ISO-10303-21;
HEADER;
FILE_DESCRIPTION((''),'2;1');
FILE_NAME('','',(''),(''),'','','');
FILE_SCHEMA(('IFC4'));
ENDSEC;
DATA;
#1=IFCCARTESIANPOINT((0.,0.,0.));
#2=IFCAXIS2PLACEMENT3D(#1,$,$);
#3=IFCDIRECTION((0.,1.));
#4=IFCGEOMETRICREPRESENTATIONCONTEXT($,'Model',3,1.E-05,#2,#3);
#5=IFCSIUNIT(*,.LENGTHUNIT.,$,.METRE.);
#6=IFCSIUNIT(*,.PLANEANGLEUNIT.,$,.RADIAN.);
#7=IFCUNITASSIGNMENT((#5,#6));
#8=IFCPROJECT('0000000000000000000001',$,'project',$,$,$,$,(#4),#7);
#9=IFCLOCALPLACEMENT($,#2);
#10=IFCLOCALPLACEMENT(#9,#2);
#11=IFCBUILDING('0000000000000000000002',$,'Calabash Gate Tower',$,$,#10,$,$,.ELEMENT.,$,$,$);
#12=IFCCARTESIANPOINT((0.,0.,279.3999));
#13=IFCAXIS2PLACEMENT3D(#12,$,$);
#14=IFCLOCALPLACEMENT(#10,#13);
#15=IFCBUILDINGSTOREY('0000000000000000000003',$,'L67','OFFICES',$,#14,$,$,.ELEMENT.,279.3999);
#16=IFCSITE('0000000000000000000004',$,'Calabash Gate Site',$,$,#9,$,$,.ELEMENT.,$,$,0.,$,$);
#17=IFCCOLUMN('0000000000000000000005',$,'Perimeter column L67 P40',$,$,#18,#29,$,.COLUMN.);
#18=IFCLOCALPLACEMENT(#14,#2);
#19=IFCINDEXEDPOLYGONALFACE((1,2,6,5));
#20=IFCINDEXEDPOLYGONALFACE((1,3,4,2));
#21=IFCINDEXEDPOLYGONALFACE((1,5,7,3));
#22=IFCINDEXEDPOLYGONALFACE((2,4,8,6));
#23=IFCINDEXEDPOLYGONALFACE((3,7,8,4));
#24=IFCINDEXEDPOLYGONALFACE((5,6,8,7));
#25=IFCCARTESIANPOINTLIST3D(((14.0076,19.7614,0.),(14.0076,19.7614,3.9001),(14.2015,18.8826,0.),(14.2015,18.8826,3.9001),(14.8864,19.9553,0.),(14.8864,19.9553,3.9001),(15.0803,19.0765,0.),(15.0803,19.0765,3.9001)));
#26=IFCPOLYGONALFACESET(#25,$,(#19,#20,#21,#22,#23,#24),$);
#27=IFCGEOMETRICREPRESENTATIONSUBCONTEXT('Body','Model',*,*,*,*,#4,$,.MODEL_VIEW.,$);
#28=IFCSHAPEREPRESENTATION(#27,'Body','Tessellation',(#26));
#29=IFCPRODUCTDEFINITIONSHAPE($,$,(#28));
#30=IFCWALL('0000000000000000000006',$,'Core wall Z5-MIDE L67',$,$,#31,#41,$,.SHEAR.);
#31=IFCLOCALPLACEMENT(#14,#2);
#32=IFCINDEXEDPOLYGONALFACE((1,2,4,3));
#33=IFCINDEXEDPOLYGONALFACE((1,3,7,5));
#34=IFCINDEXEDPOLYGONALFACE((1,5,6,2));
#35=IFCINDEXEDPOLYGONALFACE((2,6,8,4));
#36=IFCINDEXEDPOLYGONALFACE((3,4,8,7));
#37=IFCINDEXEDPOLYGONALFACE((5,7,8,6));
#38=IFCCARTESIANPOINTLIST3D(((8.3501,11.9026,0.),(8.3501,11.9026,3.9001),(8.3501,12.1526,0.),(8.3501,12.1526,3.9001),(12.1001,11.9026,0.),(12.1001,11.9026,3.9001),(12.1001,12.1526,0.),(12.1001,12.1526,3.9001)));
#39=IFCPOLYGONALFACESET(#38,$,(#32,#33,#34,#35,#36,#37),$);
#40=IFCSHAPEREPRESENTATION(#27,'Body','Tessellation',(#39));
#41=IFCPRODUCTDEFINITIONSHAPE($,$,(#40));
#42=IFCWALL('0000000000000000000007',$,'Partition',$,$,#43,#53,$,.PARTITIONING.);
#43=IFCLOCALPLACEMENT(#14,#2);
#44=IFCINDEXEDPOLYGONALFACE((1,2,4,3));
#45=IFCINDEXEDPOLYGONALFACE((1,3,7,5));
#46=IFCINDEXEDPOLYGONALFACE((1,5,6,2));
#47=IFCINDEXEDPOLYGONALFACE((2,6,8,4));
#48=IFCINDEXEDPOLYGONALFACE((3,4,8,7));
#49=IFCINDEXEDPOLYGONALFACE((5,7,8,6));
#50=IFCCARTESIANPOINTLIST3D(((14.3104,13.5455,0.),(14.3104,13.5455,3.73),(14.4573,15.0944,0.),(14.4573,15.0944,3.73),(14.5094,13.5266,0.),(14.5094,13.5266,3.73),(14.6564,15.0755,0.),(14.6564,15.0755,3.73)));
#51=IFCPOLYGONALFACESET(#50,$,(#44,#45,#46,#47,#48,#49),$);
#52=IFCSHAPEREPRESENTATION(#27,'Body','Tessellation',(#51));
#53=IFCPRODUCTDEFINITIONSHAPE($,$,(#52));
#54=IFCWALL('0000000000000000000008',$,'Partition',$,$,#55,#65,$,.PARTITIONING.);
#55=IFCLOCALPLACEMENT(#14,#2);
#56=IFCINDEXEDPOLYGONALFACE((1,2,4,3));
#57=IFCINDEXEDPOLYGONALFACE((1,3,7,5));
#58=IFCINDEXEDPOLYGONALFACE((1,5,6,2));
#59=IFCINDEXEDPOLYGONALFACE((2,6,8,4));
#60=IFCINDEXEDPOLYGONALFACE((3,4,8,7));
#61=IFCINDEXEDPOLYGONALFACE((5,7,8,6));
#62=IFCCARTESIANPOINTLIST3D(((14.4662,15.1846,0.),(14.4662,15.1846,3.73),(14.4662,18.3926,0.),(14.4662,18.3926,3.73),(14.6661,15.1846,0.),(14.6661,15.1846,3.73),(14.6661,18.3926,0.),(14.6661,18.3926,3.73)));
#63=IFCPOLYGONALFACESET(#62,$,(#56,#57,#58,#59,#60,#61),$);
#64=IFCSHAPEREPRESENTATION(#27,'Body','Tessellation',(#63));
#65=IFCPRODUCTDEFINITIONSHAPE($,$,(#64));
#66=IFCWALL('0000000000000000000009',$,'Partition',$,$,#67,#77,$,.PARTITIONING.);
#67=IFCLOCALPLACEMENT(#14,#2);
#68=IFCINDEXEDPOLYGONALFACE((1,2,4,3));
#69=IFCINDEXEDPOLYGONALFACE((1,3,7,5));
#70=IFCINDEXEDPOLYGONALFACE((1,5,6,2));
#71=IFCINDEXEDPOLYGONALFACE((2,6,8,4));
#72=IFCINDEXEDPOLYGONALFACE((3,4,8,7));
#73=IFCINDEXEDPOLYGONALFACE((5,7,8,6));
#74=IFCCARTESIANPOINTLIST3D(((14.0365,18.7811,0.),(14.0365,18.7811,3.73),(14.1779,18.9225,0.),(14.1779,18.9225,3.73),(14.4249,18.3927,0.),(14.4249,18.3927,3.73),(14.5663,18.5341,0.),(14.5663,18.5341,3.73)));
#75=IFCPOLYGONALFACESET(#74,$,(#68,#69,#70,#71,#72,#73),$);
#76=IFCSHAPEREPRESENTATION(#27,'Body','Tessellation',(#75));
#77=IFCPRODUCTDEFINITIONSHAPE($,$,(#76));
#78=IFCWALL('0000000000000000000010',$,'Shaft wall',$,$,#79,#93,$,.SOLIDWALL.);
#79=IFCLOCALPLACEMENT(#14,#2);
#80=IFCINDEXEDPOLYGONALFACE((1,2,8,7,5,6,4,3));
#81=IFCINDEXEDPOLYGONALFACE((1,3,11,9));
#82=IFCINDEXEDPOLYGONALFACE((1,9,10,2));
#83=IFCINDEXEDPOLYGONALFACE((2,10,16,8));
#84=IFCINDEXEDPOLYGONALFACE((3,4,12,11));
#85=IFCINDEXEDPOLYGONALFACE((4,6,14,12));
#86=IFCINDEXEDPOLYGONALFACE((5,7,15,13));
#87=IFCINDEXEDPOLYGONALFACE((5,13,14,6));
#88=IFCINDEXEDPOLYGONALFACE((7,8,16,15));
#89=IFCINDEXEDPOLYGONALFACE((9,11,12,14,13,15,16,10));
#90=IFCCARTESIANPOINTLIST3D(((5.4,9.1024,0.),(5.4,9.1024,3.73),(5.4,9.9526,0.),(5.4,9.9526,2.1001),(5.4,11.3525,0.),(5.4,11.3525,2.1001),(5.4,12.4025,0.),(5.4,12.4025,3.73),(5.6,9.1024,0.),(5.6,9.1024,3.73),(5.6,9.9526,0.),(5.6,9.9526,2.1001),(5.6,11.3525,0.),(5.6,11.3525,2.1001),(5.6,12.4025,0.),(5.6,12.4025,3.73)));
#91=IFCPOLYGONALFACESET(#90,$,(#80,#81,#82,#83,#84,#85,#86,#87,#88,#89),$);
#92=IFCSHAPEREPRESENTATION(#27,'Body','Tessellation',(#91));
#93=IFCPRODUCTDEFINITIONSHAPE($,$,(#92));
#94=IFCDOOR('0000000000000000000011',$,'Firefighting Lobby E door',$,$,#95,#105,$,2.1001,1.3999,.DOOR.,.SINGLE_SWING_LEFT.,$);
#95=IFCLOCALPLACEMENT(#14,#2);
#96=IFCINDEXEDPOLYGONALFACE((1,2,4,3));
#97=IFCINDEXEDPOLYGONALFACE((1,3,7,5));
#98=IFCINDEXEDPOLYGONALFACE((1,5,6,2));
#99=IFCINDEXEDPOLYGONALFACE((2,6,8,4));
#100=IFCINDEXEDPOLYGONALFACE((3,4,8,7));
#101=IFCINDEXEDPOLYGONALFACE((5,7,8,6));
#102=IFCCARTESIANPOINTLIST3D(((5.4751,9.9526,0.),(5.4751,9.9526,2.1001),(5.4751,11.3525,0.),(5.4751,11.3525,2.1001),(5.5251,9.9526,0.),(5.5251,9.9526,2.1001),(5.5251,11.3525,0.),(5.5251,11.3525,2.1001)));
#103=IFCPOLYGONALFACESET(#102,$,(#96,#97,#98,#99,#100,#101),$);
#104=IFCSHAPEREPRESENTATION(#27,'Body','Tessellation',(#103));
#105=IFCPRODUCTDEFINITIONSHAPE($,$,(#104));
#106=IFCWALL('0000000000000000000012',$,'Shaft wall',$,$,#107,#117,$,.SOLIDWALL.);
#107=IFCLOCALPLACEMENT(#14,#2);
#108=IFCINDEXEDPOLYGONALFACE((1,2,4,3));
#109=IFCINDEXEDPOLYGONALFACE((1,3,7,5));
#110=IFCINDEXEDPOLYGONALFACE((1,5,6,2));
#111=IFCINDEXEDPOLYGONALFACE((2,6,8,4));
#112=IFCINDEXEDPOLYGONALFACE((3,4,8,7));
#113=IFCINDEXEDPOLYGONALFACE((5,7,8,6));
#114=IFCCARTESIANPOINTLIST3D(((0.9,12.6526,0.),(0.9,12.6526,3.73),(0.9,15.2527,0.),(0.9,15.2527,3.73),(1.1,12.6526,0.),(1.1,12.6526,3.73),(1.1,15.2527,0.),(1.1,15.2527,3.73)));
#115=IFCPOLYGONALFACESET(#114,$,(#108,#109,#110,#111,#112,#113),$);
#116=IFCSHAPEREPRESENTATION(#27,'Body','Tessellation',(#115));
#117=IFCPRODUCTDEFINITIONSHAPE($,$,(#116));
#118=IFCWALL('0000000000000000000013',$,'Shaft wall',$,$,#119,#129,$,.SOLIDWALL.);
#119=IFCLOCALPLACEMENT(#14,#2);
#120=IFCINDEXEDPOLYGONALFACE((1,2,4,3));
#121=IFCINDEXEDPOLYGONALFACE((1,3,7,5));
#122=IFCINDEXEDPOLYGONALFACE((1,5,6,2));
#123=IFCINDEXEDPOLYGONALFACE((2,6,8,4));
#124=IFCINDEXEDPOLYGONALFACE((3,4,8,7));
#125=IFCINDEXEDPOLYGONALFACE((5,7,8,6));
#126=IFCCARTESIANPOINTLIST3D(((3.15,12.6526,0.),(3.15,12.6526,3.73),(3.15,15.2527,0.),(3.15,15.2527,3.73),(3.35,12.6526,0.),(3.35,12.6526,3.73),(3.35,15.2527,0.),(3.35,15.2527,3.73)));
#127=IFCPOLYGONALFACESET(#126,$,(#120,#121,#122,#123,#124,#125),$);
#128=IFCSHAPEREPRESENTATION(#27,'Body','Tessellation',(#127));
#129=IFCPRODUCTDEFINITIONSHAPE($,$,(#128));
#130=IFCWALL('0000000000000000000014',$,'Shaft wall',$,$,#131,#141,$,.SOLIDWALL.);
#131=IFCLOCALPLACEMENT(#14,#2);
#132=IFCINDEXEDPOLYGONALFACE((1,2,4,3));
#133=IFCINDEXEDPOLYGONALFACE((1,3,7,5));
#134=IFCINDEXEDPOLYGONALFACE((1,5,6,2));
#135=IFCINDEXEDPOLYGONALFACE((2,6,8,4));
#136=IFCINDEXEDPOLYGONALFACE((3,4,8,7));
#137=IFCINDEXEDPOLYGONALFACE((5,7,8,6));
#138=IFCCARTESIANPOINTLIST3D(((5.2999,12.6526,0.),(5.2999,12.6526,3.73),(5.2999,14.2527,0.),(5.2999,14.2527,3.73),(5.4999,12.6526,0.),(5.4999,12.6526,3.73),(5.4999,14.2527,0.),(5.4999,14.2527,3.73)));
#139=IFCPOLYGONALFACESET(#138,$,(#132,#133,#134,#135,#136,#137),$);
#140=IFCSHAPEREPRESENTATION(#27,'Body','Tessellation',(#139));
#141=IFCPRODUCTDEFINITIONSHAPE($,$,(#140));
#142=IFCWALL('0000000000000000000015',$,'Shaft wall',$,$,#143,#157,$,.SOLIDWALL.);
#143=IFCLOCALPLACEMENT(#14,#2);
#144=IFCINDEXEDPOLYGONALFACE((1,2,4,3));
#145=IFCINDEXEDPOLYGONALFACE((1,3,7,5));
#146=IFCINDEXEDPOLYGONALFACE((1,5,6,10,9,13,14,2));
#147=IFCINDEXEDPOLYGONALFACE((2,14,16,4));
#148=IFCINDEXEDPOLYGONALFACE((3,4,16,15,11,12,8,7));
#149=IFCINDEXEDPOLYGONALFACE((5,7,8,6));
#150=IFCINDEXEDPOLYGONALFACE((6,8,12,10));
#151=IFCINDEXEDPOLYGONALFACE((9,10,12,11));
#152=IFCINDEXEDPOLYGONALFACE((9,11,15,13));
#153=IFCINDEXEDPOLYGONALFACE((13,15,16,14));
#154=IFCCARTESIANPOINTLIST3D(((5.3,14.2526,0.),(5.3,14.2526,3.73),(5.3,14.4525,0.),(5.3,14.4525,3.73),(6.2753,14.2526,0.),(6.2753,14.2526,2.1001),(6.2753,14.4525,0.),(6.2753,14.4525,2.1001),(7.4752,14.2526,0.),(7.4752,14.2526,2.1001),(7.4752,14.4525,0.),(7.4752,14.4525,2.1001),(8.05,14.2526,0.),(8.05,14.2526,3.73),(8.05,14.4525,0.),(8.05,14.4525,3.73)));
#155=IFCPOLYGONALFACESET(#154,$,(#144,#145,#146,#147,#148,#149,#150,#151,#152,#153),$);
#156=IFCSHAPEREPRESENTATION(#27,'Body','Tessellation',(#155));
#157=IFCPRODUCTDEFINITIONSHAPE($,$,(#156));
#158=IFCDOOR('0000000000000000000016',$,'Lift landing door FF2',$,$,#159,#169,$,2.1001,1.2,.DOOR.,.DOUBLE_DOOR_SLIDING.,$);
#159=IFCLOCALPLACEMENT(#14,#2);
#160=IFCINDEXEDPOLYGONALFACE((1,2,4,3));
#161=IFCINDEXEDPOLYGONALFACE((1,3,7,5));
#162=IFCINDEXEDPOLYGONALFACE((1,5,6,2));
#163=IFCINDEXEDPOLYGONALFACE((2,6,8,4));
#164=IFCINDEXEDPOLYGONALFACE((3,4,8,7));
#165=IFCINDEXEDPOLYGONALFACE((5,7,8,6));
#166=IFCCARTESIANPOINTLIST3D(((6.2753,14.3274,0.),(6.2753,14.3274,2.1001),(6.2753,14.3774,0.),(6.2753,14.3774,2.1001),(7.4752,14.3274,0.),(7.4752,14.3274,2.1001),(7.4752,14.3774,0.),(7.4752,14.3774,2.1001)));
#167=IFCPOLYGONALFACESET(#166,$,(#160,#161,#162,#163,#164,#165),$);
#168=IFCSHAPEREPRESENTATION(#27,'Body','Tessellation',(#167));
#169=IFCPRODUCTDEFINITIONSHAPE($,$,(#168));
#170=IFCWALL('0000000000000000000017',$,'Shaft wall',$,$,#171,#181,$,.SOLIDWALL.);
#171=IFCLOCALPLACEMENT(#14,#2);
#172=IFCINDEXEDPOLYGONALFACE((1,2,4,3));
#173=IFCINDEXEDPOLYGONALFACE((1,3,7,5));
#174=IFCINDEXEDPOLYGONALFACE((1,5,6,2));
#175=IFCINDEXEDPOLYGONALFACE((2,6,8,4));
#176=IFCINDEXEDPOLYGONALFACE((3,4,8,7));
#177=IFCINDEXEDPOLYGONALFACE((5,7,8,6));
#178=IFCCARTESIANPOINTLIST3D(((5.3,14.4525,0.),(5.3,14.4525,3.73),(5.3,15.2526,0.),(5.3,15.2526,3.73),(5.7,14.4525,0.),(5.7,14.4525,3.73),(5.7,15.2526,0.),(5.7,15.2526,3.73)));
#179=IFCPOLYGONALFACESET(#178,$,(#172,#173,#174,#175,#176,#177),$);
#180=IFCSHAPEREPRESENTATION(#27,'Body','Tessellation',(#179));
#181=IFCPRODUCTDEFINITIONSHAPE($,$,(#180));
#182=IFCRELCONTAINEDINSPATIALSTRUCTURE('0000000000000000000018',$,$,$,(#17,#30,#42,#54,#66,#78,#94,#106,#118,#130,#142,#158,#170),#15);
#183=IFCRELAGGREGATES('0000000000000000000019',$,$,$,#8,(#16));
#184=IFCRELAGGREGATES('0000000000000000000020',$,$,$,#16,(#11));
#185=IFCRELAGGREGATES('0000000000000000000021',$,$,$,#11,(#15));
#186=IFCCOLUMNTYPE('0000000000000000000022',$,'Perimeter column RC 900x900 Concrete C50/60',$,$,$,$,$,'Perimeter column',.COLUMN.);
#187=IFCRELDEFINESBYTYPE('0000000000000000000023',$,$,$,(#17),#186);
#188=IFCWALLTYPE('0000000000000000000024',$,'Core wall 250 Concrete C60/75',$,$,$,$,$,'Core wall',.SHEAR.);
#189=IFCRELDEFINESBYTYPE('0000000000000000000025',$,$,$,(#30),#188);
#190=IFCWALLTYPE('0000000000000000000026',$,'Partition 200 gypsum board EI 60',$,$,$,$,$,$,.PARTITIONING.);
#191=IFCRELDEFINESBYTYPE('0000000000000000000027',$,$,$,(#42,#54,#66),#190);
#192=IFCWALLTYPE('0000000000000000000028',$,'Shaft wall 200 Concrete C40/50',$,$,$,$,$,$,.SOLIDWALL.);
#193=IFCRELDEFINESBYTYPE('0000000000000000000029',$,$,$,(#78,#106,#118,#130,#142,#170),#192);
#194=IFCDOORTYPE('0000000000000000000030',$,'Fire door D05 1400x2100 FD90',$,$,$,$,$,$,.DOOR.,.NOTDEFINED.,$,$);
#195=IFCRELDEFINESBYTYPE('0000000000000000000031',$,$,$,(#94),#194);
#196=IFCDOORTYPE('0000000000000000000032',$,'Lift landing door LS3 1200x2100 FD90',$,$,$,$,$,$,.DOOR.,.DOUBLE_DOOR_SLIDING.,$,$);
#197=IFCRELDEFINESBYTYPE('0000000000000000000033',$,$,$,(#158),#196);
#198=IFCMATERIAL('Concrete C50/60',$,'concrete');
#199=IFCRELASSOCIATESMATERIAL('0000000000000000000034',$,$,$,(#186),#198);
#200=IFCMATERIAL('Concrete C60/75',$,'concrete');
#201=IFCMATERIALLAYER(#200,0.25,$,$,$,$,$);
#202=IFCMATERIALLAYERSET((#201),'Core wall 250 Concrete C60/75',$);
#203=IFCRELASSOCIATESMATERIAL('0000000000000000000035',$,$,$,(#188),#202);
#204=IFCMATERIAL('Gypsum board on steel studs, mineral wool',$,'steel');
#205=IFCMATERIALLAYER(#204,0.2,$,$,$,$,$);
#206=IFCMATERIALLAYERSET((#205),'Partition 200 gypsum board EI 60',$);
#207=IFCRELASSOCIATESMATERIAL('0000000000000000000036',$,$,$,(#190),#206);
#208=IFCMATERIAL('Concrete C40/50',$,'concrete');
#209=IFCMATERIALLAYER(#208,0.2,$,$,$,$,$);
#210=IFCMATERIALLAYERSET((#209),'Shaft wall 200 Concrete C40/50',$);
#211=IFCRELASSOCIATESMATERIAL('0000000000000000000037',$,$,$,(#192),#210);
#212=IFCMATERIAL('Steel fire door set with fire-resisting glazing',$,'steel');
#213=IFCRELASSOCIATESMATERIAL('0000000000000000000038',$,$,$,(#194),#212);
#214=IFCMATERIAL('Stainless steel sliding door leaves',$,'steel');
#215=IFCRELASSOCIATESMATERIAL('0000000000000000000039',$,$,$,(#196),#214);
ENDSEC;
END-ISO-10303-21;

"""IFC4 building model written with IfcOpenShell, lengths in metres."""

from ifc_helpers import new_model, si_unit, direction, frame, frame_2d, origin, origin_2d, place, context, subcontext, project, spatial, rectangle, extrude, material, layer, layer_set, material_profile, profile_set, type_object, element, fill, save


model = new_model("IFC4")

# Units and contexts
model_context = context("Model", 3, precision=1e-05, world=origin(), true_north=direction((0.0, 1.0)))
body_context = subcontext(model_context, "Body", "Model", "MODEL_VIEW")
ifc_project = project(units=[si_unit("LENGTHUNIT", "METRE"), si_unit("PLANEANGLEUNIT", "RADIAN")], contexts=[model_context])

# Site, building, storey
site_placement = place(None, origin())
site = spatial("IfcSite", under=ifc_project, at=site_placement, Name="Calabash Gate Site", CompositionType="ELEMENT", RefElevation=0.0)
building_placement = place(site_placement, origin())
building = spatial("IfcBuilding", under=site, at=building_placement, Name="Calabash Gate Tower", CompositionType="ELEMENT")
storey_placement = place(building_placement, frame((0.0, 0.0, 279.3999)))
storey = spatial("IfcBuildingStorey", under=building, at=storey_placement, Name="L67", Description="OFFICES", CompositionType="ELEMENT", Elevation=279.3999)

# Column
ifc_material_1 = material(Name="Concrete C50/60", Category="concrete")
ifc_material_profile = material_profile(ifc_material_1, rectangle(XDim=0.8999, YDim=0.8999, at=origin_2d()))
ifc_profile_set = profile_set([ifc_material_profile], Name="Concrete C50/60")
column_type = type_object("IfcColumnType", Name="Perimeter column RC 900x900 Concrete C50/60", ElementType="Perimeter column", PredefinedType="COLUMN", material=ifc_profile_set)
column_placement = place(storey_placement, frame((14.5439, 19.4189, 0.0), z_axis=(0.0, 0.0, 1.0), x_axis=(-0.976511, -0.215468, 0.0)))
element("IfcColumn", 1, at=column_placement, inside=storey, type_object=column_type, Name="Perimeter column L67 P40", PredefinedType="COLUMN", context=body_context, shape_type="SweptSolid", body=[
    extrude(rectangle(XDim=0.8999, YDim=0.8999, at=origin_2d()), origin(), (0.0, 0.0, 1.0), 3.9001),
])

# Walls
ifc_material_2 = material(Name="Concrete C60/75", Category="concrete")
ifc_layer_1 = layer(ifc_material_2, 0.25)
ifc_layer_set_1 = layer_set([ifc_layer_1], Name="Core wall 250 Concrete C60/75")
wall_type_1 = type_object("IfcWallType", Name="Core wall 250 Concrete C60/75", ElementType="Core wall", PredefinedType="SHEAR", material=ifc_layer_set_1)
wall_1_placement = place(storey_placement, frame((8.3501, 12.0276, 0.0), z_axis=(0.0, 0.0, 1.0), x_axis=(1.0, 0.0, 0.0)))
element("IfcWall", 2, at=wall_1_placement, inside=storey, type_object=wall_type_1, Name="Core wall Z5-MIDE L67", PredefinedType="SHEAR", context=body_context, shape_type="SweptSolid", body=[
    extrude(rectangle(XDim=3.75, YDim=0.25, at=frame_2d((1.875, 0.0))), origin(), (0.0, 0.0, 1.0), 3.9001),
])
ifc_material_3 = material(Name="Gypsum board on steel studs, mineral wool", Category="steel")
ifc_layer_2 = layer(ifc_material_3, 0.2)
ifc_layer_set_2 = layer_set([ifc_layer_2], Name="Partition 200 gypsum board EI 60")
wall_type_2 = type_object("IfcWallType", Name="Partition 200 gypsum board EI 60", PredefinedType="PARTITIONING", material=ifc_layer_set_2)
wall_2_placement = place(storey_placement, frame((14.4099, 13.5361, 0.0), z_axis=(0.0, 0.0, 1.0), x_axis=(0.094454, 0.995529, 0.0)))
element("IfcWall", 3, at=wall_2_placement, inside=storey, type_object=wall_type_2, Name="Partition", PredefinedType="PARTITIONING", context=body_context, shape_type="SweptSolid", body=[
    extrude(rectangle(XDim=1.5559, YDim=0.2, at=frame_2d((0.7778, 0.0))), origin(), (0.0, 0.0, 1.0), 3.73),
])
wall_3_placement = place(storey_placement, frame((14.5662, 18.3926, 0.0), z_axis=(0.0, 0.0, 1.0), x_axis=(0.0, -1.0, 0.0)))
element("IfcWall", 4, at=wall_3_placement, inside=storey, type_object=wall_type_2, Name="Partition", PredefinedType="PARTITIONING", context=body_context, shape_type="SweptSolid", body=[
    extrude(rectangle(XDim=3.208, YDim=0.2, at=frame_2d((1.604, 0.0))), origin(), (0.0, 0.0, 1.0), 3.73),
])
wall_4_placement = place(storey_placement, frame((14.1072, 18.8518, 0.0), z_axis=(0.0, 0.0, 1.0), x_axis=(0.707107, -0.707107, 0.0)))
element("IfcWall", 5, at=wall_4_placement, inside=storey, type_object=wall_type_2, Name="Partition", PredefinedType="PARTITIONING", context=body_context, shape_type="SweptSolid", body=[
    extrude(rectangle(XDim=0.5493, YDim=0.2, at=frame_2d((0.2747, 0.0))), origin(), (0.0, 0.0, 1.0), 3.73),
])

# Wall, opening, door
ifc_material_4 = material(Name="Concrete C40/50", Category="concrete")
ifc_layer_3 = layer(ifc_material_4, 0.2)
ifc_layer_set_3 = layer_set([ifc_layer_3], Name="Shaft wall 200 Concrete C40/50")
wall_type_3 = type_object("IfcWallType", Name="Shaft wall 200 Concrete C40/50", PredefinedType="SOLIDWALL", material=ifc_layer_set_3)
wall_5_placement = place(storey_placement, frame((5.5, 9.1025, 0.0), z_axis=(0.0, 0.0, 1.0), x_axis=(0.0, 1.0, 0.0)))
wall_5 = element("IfcWall", 6, at=wall_5_placement, inside=storey, type_object=wall_type_3, Name="Shaft wall", PredefinedType="SOLIDWALL", context=body_context, shape_type="SweptSolid", body=[
    extrude(rectangle(XDim=3.3, YDim=0.2, at=frame_2d((1.6499, 0.0))), origin(), (0.0, 0.0, 1.0), 3.73),
])
opening_1_placement = place(wall_5_placement, frame((0.8501, 0.0, 0.0)))
opening_1 = element("IfcOpeningElement", 7, at=opening_1_placement, cuts=wall_5, PredefinedType="OPENING", context=body_context, shape_type="SweptSolid", body=[
    extrude(rectangle(XDim=1.3999, YDim=2.1001, at=frame_2d((0.7, 1.05))), frame((0.0, 0.1099, 0.0), z_axis=(0.0, -1.0, 0.0), x_axis=(1.0, 0.0, 0.0)), (0.0, 0.0, 1.0), 0.22),
])
ifc_material_5 = material(Name="Steel fire door set with fire-resisting glazing", Category="steel")
door_type_1 = type_object("IfcDoorType", Name="Fire door D05 1400x2100 FD90", OperationType="NOTDEFINED", PredefinedType="DOOR", material=ifc_material_5)
door_1_placement = place(opening_1_placement, origin())
door_1 = element("IfcDoor", 8, at=door_1_placement, inside=storey, type_object=door_type_1, Name="Firefighting Lobby E door", OperationType="SINGLE_SWING_LEFT", OverallHeight=2.1001, OverallWidth=1.3999, PredefinedType="DOOR", context=body_context, shape_type="SweptSolid", body=[
    extrude(rectangle(XDim=1.3999, YDim=2.1001, at=frame_2d((0.7, 1.05))), frame((0.0, 0.0249, 0.0), z_axis=(0.0, -1.0, 0.0), x_axis=(1.0, 0.0, 0.0)), (0.0, 0.0, 1.0), 0.05),
])
fill(opening_1, door_1)

# Walls
for number, where, z_axis, x_axis, name in (
    (9, (1.0, 12.6526, 0.0), (0.0, 0.0, 1.0), (0.0, 1.0, 0.0), "Shaft wall"),
    (10, (3.25, 12.6526, 0.0), (0.0, 0.0, 1.0), (0.0, 1.0, 0.0), "Shaft wall"),
):
    element("IfcWall", number, at=place(storey_placement, frame(where, z_axis=z_axis, x_axis=x_axis)), inside=storey, type_object=wall_type_3, Name=name, PredefinedType="SOLIDWALL", context=body_context, shape_type="SweptSolid", body=[
        extrude(rectangle(XDim=2.6001, YDim=0.2, at=frame_2d((1.3, 0.0))), origin(), (0.0, 0.0, 1.0), 3.73),
    ])
wall_6_placement = place(storey_placement, frame((5.3999, 12.6526, 0.0), z_axis=(0.0, 0.0, 1.0), x_axis=(0.0, 1.0, 0.0)))
element("IfcWall", 11, at=wall_6_placement, inside=storey, type_object=wall_type_3, Name="Shaft wall", PredefinedType="SOLIDWALL", context=body_context, shape_type="SweptSolid", body=[
    extrude(rectangle(XDim=1.6001, YDim=0.2, at=frame_2d((0.8, 0.0))), origin(), (0.0, 0.0, 1.0), 3.73),
])

# Wall, opening, door
wall_7_placement = place(storey_placement, frame((5.3, 14.3525, 0.0), z_axis=(0.0, 0.0, 1.0), x_axis=(1.0, 0.0, 0.0)))
wall_7 = element("IfcWall", 12, at=wall_7_placement, inside=storey, type_object=wall_type_3, Name="Shaft wall", PredefinedType="SOLIDWALL", context=body_context, shape_type="SweptSolid", body=[
    extrude(rectangle(XDim=2.75, YDim=0.2, at=frame_2d((1.375, 0.0))), origin(), (0.0, 0.0, 1.0), 3.73),
])
opening_2_placement = place(wall_7_placement, frame((0.9751, 0.0, 0.0)))
opening_2 = element("IfcOpeningElement", 13, at=opening_2_placement, cuts=wall_7, PredefinedType="OPENING", context=body_context, shape_type="SweptSolid", body=[
    extrude(rectangle(XDim=1.2, YDim=2.1001, at=frame_2d((0.6001, 1.05))), frame((0.0, 0.1099, 0.0), z_axis=(0.0, -1.0, 0.0), x_axis=(1.0, 0.0, 0.0)), (0.0, 0.0, 1.0), 0.22),
])
ifc_material_6 = material(Name="Stainless steel sliding door leaves", Category="steel")
door_type_2 = type_object("IfcDoorType", Name="Lift landing door LS3 1200x2100 FD90", OperationType="DOUBLE_DOOR_SLIDING", PredefinedType="DOOR", material=ifc_material_6)
door_2_placement = place(opening_2_placement, origin())
door_2 = element("IfcDoor", 14, at=door_2_placement, inside=storey, type_object=door_type_2, Name="Lift landing door FF2", OperationType="DOUBLE_DOOR_SLIDING", OverallHeight=2.1001, OverallWidth=1.2, PredefinedType="DOOR", context=body_context, shape_type="SweptSolid", body=[
    extrude(rectangle(XDim=1.2, YDim=2.1001, at=frame_2d((0.6001, 1.05))), frame((0.0, 0.0249, 0.0), z_axis=(0.0, -1.0, 0.0), x_axis=(1.0, 0.0, 0.0)), (0.0, 0.0, 1.0), 0.05),
])
fill(opening_2, door_2)

# Wall
wall_8_placement = place(storey_placement, frame((5.5, 14.4526, 0.0), z_axis=(0.0, 0.0, 1.0), x_axis=(0.0, 1.0, 0.0)))
element("IfcWall", 15, at=wall_8_placement, inside=storey, type_object=wall_type_3, Name="Shaft wall", PredefinedType="SOLIDWALL", context=body_context, shape_type="SweptSolid", body=[
    extrude(rectangle(XDim=0.8, YDim=0.3999, at=frame_2d((0.3999, 0.0))), origin(), (0.0, 0.0, 1.0), 3.73),
])

save(model, "model.ifc")
